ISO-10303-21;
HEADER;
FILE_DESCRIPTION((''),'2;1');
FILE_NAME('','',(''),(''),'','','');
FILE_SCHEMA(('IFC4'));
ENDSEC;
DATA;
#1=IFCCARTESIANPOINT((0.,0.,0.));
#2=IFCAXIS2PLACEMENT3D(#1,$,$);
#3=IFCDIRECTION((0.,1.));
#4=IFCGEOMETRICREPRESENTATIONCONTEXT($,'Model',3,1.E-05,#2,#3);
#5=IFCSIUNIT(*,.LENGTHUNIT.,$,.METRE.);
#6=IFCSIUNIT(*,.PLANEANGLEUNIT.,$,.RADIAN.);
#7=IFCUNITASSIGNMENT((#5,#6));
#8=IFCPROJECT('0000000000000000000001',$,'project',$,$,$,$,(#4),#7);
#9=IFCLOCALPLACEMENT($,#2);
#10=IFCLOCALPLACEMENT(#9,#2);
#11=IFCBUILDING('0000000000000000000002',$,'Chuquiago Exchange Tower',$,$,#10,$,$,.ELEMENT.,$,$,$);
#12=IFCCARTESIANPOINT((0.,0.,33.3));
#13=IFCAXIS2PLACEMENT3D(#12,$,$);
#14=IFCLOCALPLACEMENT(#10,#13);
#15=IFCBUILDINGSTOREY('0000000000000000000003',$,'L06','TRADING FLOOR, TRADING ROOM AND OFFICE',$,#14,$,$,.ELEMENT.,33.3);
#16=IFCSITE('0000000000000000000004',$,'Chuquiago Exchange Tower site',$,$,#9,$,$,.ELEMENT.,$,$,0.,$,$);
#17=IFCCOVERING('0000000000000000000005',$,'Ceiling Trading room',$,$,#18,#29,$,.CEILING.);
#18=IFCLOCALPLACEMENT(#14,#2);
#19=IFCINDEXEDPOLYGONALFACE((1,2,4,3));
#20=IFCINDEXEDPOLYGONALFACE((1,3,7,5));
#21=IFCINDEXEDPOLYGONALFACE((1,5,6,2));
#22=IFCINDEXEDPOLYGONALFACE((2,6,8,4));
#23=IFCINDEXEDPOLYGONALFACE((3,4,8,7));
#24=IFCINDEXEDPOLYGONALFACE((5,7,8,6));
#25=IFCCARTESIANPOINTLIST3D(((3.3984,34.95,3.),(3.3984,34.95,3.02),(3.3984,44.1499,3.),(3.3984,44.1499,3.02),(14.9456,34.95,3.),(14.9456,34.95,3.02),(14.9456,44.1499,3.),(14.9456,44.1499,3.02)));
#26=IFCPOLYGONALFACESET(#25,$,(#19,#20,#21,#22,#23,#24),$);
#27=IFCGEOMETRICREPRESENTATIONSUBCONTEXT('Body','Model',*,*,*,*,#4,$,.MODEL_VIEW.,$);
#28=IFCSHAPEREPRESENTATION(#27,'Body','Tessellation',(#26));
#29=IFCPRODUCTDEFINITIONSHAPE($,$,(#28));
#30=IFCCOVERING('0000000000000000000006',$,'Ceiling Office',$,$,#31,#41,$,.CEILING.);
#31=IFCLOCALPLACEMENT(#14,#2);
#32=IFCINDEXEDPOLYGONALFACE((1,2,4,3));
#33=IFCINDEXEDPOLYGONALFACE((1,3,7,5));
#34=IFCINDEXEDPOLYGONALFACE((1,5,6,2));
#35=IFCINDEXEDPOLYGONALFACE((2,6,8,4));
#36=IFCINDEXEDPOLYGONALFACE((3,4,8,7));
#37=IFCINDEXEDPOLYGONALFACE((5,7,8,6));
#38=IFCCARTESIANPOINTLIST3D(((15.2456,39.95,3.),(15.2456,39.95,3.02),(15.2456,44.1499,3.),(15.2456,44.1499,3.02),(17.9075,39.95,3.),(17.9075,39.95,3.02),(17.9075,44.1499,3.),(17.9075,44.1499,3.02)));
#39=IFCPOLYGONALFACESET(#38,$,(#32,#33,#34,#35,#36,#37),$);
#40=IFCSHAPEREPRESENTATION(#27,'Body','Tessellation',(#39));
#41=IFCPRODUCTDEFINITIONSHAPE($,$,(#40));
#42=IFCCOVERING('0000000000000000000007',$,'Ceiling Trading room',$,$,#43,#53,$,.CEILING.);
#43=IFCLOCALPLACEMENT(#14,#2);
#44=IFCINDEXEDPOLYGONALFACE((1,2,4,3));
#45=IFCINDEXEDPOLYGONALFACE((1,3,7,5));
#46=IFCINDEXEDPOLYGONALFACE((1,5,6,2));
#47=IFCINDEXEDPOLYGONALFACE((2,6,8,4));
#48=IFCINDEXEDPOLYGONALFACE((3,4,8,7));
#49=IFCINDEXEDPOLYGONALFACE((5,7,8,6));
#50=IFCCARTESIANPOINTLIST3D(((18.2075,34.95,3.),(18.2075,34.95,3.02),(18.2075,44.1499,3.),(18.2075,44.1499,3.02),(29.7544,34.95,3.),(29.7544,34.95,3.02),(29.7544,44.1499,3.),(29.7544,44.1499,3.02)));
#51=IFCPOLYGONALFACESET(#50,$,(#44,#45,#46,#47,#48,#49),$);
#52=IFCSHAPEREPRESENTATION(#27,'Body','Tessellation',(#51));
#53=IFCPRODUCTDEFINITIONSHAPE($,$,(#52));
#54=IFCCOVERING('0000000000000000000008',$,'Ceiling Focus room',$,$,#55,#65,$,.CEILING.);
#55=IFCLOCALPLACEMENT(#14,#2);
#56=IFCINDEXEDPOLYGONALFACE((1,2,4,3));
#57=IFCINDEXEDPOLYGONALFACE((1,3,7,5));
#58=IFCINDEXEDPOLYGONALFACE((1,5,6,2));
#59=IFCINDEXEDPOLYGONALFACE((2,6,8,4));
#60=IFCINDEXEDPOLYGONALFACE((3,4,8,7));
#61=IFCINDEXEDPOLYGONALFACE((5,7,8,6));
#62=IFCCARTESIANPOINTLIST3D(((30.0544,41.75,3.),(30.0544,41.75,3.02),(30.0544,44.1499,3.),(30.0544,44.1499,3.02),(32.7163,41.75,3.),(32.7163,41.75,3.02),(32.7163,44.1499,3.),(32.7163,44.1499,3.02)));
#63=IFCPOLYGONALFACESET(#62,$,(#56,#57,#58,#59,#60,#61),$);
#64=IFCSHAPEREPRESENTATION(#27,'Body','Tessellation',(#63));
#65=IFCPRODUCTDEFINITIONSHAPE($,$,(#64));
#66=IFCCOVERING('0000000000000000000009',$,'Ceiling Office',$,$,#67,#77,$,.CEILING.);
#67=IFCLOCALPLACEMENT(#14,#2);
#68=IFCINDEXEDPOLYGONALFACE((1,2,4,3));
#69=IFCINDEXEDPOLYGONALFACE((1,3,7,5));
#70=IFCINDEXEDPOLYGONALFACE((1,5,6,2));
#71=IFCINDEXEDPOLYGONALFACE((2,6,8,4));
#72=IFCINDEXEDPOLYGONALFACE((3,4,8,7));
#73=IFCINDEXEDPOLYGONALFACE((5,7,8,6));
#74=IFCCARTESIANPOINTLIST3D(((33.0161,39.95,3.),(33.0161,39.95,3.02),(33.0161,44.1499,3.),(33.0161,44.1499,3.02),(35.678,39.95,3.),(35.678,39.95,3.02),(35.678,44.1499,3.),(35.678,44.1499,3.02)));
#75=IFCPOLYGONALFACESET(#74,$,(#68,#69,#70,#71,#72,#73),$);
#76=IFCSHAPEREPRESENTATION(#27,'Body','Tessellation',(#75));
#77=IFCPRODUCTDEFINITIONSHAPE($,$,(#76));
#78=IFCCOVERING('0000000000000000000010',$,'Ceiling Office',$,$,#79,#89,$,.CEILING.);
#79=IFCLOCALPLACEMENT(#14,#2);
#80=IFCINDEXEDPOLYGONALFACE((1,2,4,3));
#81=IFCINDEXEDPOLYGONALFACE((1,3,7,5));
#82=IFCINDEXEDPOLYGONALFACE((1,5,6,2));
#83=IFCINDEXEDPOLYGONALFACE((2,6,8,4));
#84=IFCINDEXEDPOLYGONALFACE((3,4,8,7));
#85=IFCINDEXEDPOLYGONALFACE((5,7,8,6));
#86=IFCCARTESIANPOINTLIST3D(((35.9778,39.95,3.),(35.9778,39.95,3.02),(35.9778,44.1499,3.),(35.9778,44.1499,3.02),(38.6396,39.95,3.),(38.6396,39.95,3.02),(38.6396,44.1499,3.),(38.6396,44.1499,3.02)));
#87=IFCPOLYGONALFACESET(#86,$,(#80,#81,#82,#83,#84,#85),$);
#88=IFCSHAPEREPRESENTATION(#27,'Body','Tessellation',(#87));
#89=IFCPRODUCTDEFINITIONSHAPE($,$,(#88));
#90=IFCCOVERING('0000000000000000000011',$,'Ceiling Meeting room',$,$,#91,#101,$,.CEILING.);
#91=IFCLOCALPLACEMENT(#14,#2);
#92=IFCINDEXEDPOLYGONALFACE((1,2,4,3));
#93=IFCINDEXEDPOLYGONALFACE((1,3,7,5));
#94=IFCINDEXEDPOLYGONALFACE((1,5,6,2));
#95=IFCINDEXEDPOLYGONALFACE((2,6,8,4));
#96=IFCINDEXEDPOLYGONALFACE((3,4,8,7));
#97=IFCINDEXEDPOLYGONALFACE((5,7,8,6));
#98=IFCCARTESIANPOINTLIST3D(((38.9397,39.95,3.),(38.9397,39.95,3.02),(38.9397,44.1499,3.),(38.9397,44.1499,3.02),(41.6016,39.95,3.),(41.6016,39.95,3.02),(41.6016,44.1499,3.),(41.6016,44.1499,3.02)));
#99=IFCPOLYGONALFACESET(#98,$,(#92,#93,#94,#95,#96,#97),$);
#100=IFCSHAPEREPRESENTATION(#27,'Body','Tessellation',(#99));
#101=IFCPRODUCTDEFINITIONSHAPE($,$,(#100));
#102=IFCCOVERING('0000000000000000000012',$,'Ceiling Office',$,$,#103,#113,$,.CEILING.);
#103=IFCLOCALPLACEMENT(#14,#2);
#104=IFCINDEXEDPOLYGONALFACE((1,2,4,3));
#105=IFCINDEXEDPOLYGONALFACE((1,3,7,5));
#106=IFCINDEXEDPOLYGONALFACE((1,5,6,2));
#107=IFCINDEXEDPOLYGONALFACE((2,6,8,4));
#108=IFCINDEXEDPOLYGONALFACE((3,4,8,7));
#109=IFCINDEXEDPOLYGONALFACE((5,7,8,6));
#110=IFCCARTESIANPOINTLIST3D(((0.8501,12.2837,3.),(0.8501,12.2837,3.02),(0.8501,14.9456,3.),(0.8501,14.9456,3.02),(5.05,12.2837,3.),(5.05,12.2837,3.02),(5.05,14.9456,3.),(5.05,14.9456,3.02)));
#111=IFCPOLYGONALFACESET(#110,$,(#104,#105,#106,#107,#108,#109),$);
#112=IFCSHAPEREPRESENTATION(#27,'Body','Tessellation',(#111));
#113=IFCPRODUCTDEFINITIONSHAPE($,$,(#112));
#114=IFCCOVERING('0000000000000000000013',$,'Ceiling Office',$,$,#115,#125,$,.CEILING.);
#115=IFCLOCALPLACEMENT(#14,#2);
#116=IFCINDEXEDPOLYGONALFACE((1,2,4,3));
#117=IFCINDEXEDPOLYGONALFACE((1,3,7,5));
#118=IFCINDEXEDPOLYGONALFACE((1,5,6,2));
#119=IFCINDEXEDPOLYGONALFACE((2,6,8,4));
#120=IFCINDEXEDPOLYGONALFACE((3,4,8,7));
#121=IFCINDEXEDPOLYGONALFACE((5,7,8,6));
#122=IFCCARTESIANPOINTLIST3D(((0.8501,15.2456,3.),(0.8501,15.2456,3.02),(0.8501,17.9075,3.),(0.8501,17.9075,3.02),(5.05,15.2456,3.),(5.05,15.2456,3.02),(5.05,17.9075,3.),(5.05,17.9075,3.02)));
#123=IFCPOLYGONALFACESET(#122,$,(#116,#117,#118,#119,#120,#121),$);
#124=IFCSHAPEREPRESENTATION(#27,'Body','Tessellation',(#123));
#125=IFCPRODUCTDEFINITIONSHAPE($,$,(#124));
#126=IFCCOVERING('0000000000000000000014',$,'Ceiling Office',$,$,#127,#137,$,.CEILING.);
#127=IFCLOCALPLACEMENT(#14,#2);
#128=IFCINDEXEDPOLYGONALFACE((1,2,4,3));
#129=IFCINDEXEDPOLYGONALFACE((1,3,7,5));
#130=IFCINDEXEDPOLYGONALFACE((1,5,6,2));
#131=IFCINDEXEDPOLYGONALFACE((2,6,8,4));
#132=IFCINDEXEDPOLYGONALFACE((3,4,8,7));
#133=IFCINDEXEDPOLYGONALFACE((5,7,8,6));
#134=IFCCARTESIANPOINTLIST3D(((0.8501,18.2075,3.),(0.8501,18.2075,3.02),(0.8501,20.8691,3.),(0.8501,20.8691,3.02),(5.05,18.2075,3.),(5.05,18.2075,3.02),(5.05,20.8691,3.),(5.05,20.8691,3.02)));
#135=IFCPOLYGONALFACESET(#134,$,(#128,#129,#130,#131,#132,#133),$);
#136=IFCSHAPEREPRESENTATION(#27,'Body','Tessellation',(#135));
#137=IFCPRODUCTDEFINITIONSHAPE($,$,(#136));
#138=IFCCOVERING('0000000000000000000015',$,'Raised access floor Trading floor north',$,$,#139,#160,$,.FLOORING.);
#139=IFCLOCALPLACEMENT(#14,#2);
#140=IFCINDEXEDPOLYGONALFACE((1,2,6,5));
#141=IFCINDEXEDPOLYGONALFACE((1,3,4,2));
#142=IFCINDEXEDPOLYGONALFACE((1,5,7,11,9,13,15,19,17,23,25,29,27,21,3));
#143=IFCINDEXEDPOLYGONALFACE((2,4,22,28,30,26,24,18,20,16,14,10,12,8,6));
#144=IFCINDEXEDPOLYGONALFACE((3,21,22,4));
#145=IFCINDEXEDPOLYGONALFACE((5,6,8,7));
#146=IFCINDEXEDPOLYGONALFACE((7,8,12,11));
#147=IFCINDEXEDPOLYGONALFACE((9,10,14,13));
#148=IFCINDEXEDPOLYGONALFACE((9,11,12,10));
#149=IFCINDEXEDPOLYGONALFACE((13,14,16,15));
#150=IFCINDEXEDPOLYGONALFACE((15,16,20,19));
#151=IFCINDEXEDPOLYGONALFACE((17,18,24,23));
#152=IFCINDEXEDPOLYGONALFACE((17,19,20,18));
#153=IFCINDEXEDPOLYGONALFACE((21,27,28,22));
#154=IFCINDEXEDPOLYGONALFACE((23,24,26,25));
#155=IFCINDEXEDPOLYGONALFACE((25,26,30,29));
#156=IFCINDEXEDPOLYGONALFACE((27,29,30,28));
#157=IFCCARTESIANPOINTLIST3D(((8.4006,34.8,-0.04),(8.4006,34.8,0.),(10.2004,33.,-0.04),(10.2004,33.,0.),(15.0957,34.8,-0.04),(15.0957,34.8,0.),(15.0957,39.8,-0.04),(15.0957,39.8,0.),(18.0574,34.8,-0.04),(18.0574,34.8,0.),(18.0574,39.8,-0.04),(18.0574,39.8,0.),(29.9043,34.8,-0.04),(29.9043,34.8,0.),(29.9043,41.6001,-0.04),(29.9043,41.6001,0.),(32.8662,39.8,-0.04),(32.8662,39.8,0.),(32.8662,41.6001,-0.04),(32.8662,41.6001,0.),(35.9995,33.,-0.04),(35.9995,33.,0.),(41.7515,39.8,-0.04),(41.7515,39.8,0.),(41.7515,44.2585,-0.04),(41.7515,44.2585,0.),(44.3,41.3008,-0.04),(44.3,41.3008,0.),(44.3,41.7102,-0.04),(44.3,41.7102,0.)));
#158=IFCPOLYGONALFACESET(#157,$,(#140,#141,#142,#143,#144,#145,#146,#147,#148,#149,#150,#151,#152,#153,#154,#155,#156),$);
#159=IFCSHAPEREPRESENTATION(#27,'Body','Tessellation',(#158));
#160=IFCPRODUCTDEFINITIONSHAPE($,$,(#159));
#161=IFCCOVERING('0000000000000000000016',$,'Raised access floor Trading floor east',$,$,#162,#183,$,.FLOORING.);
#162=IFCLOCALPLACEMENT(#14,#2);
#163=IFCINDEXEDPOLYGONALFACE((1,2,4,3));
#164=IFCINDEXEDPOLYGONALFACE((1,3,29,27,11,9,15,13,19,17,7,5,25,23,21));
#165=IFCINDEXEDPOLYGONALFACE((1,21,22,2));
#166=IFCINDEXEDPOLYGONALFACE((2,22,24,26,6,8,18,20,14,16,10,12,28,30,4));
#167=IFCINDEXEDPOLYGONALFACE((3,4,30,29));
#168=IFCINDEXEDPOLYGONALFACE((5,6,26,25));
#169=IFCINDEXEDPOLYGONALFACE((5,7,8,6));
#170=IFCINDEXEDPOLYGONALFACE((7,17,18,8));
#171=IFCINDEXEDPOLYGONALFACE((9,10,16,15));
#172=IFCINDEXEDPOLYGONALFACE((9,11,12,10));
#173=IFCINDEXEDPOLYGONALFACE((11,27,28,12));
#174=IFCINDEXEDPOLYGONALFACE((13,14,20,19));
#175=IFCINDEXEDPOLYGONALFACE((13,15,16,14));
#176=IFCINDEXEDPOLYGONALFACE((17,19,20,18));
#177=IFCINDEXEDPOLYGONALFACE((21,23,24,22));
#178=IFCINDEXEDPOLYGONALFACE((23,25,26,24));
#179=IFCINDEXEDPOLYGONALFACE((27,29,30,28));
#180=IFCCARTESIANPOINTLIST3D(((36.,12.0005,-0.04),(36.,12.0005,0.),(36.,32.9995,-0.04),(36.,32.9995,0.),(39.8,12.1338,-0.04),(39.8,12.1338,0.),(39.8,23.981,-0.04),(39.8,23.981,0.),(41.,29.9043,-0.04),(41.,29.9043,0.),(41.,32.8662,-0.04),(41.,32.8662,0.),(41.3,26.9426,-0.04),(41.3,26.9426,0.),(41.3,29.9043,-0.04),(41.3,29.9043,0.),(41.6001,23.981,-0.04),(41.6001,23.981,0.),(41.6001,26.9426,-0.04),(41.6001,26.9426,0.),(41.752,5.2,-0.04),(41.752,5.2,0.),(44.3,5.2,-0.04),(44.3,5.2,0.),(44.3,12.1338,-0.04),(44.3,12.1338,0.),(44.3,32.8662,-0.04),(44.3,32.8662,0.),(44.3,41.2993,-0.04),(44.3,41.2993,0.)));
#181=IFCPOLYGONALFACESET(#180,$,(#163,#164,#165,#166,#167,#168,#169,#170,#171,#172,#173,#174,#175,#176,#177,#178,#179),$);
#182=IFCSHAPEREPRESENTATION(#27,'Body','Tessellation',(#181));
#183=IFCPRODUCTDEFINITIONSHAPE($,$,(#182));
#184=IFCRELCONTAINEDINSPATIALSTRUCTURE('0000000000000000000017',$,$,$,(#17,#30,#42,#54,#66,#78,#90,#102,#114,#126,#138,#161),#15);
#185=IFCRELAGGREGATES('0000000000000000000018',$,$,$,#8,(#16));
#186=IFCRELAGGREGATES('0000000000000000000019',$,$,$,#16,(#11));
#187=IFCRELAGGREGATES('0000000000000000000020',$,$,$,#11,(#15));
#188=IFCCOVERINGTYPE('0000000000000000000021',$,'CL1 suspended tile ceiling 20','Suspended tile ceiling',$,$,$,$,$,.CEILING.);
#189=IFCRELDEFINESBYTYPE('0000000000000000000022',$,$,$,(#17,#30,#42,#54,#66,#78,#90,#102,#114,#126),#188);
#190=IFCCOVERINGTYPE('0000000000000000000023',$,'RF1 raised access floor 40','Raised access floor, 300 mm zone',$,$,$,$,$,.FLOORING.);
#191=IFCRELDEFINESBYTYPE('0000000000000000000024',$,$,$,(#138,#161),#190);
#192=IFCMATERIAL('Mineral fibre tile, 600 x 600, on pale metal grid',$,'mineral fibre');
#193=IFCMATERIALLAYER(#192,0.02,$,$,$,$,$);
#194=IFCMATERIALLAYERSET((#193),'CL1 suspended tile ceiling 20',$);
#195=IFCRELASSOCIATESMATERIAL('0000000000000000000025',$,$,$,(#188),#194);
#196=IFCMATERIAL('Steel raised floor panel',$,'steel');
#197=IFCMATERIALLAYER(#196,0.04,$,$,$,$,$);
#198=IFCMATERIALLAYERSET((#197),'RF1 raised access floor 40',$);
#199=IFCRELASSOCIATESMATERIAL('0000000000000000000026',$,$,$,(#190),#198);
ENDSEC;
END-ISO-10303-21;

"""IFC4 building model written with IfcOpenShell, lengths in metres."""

from ifc_helpers import new_model, si_unit, direction, frame, origin, place, context, subcontext, project, spatial, polyline, outline, extrude, material, layer, layer_set, type_object, element, save


model = new_model("IFC4")

# Units and contexts
model_context = context("Model", 3, precision=1e-05, world=origin(), true_north=direction((0.0, 1.0)))
body_context = subcontext(model_context, "Body", "Model", "MODEL_VIEW")
ifc_project = project(units=[si_unit("LENGTHUNIT", "METRE"), si_unit("PLANEANGLEUNIT", "RADIAN")], contexts=[model_context])

# Site, building, storey
site_placement = place(None, origin())
site = spatial("IfcSite", under=ifc_project, at=site_placement, Name="Chuquiago Exchange Tower site", CompositionType="ELEMENT", RefElevation=0.0)
building_placement = place(site_placement, origin())
building = spatial("IfcBuilding", under=site, at=building_placement, Name="Chuquiago Exchange Tower", CompositionType="ELEMENT")
storey_placement = place(building_placement, frame((0.0, 0.0, 33.3)))
storey = spatial("IfcBuildingStorey", under=building, at=storey_placement, Name="L06", Description="TRADING FLOOR, TRADING ROOM AND OFFICE", CompositionType="ELEMENT", Elevation=33.3)

# Coverings
ifc_material_1 = material(Name="Mineral fibre tile, 600 x 600, on pale metal grid", Category="mineral fibre")
ifc_layer_1 = layer(ifc_material_1, 0.02)
ifc_layer_set_1 = layer_set([ifc_layer_1], Name="CL1 suspended tile ceiling 20")
covering_type_1 = type_object("IfcCoveringType", Name="CL1 suspended tile ceiling 20", Description="Suspended tile ceiling", PredefinedType="CEILING", material=ifc_layer_set_1)
covering_1_placement = place(storey_placement, frame((0.0, 0.0, 3.0)))
element("IfcCovering", 1, at=covering_1_placement, inside=storey, type_object=covering_type_1, Name="Ceiling Trading room", PredefinedType="CEILING", context=body_context, shape_type="SweptSolid", body=[
    extrude(outline(polyline([(14.9456, 44.1499), (14.9456, 34.95), (3.3984, 34.95), (3.3984, 44.1499), (14.9456, 44.1499)])), origin(), (0.0, 0.0, 1.0), 0.02),
])
covering_2_placement = place(storey_placement, frame((0.0, 0.0, 3.0)))
element("IfcCovering", 2, at=covering_2_placement, inside=storey, type_object=covering_type_1, Name="Ceiling Office", PredefinedType="CEILING", context=body_context, shape_type="SweptSolid", body=[
    extrude(outline(polyline([(17.9075, 39.95), (15.2456, 39.95), (15.2456, 44.1499), (17.9075, 44.1499), (17.9075, 39.95)])), origin(), (0.0, 0.0, 1.0), 0.02),
])
covering_3_placement = place(storey_placement, frame((0.0, 0.0, 3.0)))
element("IfcCovering", 3, at=covering_3_placement, inside=storey, type_object=covering_type_1, Name="Ceiling Trading room", PredefinedType="CEILING", context=body_context, shape_type="SweptSolid", body=[
    extrude(outline(polyline([(29.7544, 34.95), (18.2075, 34.95), (18.2075, 44.1499), (29.7544, 44.1499), (29.7544, 34.95)])), origin(), (0.0, 0.0, 1.0), 0.02),
])
covering_4_placement = place(storey_placement, frame((0.0, 0.0, 3.0)))
element("IfcCovering", 4, at=covering_4_placement, inside=storey, type_object=covering_type_1, Name="Ceiling Focus room", PredefinedType="CEILING", context=body_context, shape_type="SweptSolid", body=[
    extrude(outline(polyline([(32.7163, 41.75), (30.0544, 41.75), (30.0544, 44.1499), (32.7163, 44.1499), (32.7163, 41.75)])), origin(), (0.0, 0.0, 1.0), 0.02),
])
covering_5_placement = place(storey_placement, frame((0.0, 0.0, 3.0)))
element("IfcCovering", 5, at=covering_5_placement, inside=storey, type_object=covering_type_1, Name="Ceiling Office", PredefinedType="CEILING", context=body_context, shape_type="SweptSolid", body=[
    extrude(outline(polyline([(35.678, 39.95), (33.0161, 39.95), (33.0161, 44.1499), (35.678, 44.1499), (35.678, 39.95)])), origin(), (0.0, 0.0, 1.0), 0.02),
])
covering_6_placement = place(storey_placement, frame((0.0, 0.0, 3.0)))
element("IfcCovering", 6, at=covering_6_placement, inside=storey, type_object=covering_type_1, Name="Ceiling Office", PredefinedType="CEILING", context=body_context, shape_type="SweptSolid", body=[
    extrude(outline(polyline([(38.6396, 39.95), (35.9778, 39.95), (35.9778, 44.1499), (38.6396, 44.1499), (38.6396, 39.95)])), origin(), (0.0, 0.0, 1.0), 0.02),
])
covering_7_placement = place(storey_placement, frame((0.0, 0.0, 3.0)))
element("IfcCovering", 7, at=covering_7_placement, inside=storey, type_object=covering_type_1, Name="Ceiling Meeting room", PredefinedType="CEILING", context=body_context, shape_type="SweptSolid", body=[
    extrude(outline(polyline([(41.6016, 39.95), (38.9397, 39.95), (38.9397, 44.1499), (41.6016, 44.1499), (41.6016, 39.95)])), origin(), (0.0, 0.0, 1.0), 0.02),
])
covering_8_placement = place(storey_placement, frame((0.0, 0.0, 3.0)))
element("IfcCovering", 8, at=covering_8_placement, inside=storey, type_object=covering_type_1, Name="Ceiling Office", PredefinedType="CEILING", context=body_context, shape_type="SweptSolid", body=[
    extrude(outline(polyline([(5.05, 14.9456), (5.05, 12.2837), (0.8501, 12.2837), (0.8501, 14.9456), (5.05, 14.9456)])), origin(), (0.0, 0.0, 1.0), 0.02),
])
covering_9_placement = place(storey_placement, frame((0.0, 0.0, 3.0)))
element("IfcCovering", 9, at=covering_9_placement, inside=storey, type_object=covering_type_1, Name="Ceiling Office", PredefinedType="CEILING", context=body_context, shape_type="SweptSolid", body=[
    extrude(outline(polyline([(5.05, 17.9075), (5.05, 15.2456), (0.8501, 15.2456), (0.8501, 17.9075), (5.05, 17.9075)])), origin(), (0.0, 0.0, 1.0), 0.02),
])
covering_10_placement = place(storey_placement, frame((0.0, 0.0, 3.0)))
element("IfcCovering", 10, at=covering_10_placement, inside=storey, type_object=covering_type_1, Name="Ceiling Office", PredefinedType="CEILING", context=body_context, shape_type="SweptSolid", body=[
    extrude(outline(polyline([(5.05, 20.8691), (5.05, 18.2075), (0.8501, 18.2075), (0.8501, 20.8691), (5.05, 20.8691)])), origin(), (0.0, 0.0, 1.0), 0.02),
])
ifc_material_2 = material(Name="Steel raised floor panel", Category="steel")
ifc_layer_2 = layer(ifc_material_2, 0.04)
ifc_layer_set_2 = layer_set([ifc_layer_2], Name="RF1 raised access floor 40")
covering_type_2 = type_object("IfcCoveringType", Name="RF1 raised access floor 40", Description="Raised access floor, 300 mm zone", PredefinedType="FLOORING", material=ifc_layer_set_2)
covering_11_placement = place(storey_placement, frame((0.0, 0.0, -0.04)))
element("IfcCovering", 11, at=covering_11_placement, inside=storey, type_object=covering_type_2, Name="Raised access floor Trading floor north", PredefinedType="FLOORING", context=body_context, shape_type="SweptSolid", body=[
    extrude(outline(polyline([(15.0957, 34.8), (15.0957, 39.8), (18.0574, 39.8), (18.0574, 34.8), (29.9043, 34.8), (29.9043, 41.6001), (32.8662, 41.6001), (32.8662, 39.8), (41.7515, 39.8), (41.7515, 44.2585), (44.3, 41.7102), (44.3, 41.3008), (35.9995, 33.0), (10.2004, 33.0), (8.4006, 34.8), (15.0957, 34.8)])), origin(), (0.0, 0.0, 1.0), 0.04),
])
covering_12_placement = place(storey_placement, frame((0.0, 0.0, -0.04)))
element("IfcCovering", 12, at=covering_12_placement, inside=storey, type_object=covering_type_2, Name="Raised access floor Trading floor east", PredefinedType="FLOORING", context=body_context, shape_type="SweptSolid", body=[
    extrude(outline(polyline([(44.3, 32.8662), (41.0, 32.8662), (41.0, 29.9043), (41.3, 29.9043), (41.3, 26.9426), (41.6001, 26.9426), (41.6001, 23.981), (39.8, 23.981), (39.8, 12.1338), (44.3, 12.1338), (44.3, 5.2), (41.752, 5.2), (36.0, 12.0005), (36.0, 32.9995), (44.3, 41.2993), (44.3, 32.8662)])), origin(), (0.0, 0.0, 1.0), 0.04),
])

save(model, "model.ifc")
